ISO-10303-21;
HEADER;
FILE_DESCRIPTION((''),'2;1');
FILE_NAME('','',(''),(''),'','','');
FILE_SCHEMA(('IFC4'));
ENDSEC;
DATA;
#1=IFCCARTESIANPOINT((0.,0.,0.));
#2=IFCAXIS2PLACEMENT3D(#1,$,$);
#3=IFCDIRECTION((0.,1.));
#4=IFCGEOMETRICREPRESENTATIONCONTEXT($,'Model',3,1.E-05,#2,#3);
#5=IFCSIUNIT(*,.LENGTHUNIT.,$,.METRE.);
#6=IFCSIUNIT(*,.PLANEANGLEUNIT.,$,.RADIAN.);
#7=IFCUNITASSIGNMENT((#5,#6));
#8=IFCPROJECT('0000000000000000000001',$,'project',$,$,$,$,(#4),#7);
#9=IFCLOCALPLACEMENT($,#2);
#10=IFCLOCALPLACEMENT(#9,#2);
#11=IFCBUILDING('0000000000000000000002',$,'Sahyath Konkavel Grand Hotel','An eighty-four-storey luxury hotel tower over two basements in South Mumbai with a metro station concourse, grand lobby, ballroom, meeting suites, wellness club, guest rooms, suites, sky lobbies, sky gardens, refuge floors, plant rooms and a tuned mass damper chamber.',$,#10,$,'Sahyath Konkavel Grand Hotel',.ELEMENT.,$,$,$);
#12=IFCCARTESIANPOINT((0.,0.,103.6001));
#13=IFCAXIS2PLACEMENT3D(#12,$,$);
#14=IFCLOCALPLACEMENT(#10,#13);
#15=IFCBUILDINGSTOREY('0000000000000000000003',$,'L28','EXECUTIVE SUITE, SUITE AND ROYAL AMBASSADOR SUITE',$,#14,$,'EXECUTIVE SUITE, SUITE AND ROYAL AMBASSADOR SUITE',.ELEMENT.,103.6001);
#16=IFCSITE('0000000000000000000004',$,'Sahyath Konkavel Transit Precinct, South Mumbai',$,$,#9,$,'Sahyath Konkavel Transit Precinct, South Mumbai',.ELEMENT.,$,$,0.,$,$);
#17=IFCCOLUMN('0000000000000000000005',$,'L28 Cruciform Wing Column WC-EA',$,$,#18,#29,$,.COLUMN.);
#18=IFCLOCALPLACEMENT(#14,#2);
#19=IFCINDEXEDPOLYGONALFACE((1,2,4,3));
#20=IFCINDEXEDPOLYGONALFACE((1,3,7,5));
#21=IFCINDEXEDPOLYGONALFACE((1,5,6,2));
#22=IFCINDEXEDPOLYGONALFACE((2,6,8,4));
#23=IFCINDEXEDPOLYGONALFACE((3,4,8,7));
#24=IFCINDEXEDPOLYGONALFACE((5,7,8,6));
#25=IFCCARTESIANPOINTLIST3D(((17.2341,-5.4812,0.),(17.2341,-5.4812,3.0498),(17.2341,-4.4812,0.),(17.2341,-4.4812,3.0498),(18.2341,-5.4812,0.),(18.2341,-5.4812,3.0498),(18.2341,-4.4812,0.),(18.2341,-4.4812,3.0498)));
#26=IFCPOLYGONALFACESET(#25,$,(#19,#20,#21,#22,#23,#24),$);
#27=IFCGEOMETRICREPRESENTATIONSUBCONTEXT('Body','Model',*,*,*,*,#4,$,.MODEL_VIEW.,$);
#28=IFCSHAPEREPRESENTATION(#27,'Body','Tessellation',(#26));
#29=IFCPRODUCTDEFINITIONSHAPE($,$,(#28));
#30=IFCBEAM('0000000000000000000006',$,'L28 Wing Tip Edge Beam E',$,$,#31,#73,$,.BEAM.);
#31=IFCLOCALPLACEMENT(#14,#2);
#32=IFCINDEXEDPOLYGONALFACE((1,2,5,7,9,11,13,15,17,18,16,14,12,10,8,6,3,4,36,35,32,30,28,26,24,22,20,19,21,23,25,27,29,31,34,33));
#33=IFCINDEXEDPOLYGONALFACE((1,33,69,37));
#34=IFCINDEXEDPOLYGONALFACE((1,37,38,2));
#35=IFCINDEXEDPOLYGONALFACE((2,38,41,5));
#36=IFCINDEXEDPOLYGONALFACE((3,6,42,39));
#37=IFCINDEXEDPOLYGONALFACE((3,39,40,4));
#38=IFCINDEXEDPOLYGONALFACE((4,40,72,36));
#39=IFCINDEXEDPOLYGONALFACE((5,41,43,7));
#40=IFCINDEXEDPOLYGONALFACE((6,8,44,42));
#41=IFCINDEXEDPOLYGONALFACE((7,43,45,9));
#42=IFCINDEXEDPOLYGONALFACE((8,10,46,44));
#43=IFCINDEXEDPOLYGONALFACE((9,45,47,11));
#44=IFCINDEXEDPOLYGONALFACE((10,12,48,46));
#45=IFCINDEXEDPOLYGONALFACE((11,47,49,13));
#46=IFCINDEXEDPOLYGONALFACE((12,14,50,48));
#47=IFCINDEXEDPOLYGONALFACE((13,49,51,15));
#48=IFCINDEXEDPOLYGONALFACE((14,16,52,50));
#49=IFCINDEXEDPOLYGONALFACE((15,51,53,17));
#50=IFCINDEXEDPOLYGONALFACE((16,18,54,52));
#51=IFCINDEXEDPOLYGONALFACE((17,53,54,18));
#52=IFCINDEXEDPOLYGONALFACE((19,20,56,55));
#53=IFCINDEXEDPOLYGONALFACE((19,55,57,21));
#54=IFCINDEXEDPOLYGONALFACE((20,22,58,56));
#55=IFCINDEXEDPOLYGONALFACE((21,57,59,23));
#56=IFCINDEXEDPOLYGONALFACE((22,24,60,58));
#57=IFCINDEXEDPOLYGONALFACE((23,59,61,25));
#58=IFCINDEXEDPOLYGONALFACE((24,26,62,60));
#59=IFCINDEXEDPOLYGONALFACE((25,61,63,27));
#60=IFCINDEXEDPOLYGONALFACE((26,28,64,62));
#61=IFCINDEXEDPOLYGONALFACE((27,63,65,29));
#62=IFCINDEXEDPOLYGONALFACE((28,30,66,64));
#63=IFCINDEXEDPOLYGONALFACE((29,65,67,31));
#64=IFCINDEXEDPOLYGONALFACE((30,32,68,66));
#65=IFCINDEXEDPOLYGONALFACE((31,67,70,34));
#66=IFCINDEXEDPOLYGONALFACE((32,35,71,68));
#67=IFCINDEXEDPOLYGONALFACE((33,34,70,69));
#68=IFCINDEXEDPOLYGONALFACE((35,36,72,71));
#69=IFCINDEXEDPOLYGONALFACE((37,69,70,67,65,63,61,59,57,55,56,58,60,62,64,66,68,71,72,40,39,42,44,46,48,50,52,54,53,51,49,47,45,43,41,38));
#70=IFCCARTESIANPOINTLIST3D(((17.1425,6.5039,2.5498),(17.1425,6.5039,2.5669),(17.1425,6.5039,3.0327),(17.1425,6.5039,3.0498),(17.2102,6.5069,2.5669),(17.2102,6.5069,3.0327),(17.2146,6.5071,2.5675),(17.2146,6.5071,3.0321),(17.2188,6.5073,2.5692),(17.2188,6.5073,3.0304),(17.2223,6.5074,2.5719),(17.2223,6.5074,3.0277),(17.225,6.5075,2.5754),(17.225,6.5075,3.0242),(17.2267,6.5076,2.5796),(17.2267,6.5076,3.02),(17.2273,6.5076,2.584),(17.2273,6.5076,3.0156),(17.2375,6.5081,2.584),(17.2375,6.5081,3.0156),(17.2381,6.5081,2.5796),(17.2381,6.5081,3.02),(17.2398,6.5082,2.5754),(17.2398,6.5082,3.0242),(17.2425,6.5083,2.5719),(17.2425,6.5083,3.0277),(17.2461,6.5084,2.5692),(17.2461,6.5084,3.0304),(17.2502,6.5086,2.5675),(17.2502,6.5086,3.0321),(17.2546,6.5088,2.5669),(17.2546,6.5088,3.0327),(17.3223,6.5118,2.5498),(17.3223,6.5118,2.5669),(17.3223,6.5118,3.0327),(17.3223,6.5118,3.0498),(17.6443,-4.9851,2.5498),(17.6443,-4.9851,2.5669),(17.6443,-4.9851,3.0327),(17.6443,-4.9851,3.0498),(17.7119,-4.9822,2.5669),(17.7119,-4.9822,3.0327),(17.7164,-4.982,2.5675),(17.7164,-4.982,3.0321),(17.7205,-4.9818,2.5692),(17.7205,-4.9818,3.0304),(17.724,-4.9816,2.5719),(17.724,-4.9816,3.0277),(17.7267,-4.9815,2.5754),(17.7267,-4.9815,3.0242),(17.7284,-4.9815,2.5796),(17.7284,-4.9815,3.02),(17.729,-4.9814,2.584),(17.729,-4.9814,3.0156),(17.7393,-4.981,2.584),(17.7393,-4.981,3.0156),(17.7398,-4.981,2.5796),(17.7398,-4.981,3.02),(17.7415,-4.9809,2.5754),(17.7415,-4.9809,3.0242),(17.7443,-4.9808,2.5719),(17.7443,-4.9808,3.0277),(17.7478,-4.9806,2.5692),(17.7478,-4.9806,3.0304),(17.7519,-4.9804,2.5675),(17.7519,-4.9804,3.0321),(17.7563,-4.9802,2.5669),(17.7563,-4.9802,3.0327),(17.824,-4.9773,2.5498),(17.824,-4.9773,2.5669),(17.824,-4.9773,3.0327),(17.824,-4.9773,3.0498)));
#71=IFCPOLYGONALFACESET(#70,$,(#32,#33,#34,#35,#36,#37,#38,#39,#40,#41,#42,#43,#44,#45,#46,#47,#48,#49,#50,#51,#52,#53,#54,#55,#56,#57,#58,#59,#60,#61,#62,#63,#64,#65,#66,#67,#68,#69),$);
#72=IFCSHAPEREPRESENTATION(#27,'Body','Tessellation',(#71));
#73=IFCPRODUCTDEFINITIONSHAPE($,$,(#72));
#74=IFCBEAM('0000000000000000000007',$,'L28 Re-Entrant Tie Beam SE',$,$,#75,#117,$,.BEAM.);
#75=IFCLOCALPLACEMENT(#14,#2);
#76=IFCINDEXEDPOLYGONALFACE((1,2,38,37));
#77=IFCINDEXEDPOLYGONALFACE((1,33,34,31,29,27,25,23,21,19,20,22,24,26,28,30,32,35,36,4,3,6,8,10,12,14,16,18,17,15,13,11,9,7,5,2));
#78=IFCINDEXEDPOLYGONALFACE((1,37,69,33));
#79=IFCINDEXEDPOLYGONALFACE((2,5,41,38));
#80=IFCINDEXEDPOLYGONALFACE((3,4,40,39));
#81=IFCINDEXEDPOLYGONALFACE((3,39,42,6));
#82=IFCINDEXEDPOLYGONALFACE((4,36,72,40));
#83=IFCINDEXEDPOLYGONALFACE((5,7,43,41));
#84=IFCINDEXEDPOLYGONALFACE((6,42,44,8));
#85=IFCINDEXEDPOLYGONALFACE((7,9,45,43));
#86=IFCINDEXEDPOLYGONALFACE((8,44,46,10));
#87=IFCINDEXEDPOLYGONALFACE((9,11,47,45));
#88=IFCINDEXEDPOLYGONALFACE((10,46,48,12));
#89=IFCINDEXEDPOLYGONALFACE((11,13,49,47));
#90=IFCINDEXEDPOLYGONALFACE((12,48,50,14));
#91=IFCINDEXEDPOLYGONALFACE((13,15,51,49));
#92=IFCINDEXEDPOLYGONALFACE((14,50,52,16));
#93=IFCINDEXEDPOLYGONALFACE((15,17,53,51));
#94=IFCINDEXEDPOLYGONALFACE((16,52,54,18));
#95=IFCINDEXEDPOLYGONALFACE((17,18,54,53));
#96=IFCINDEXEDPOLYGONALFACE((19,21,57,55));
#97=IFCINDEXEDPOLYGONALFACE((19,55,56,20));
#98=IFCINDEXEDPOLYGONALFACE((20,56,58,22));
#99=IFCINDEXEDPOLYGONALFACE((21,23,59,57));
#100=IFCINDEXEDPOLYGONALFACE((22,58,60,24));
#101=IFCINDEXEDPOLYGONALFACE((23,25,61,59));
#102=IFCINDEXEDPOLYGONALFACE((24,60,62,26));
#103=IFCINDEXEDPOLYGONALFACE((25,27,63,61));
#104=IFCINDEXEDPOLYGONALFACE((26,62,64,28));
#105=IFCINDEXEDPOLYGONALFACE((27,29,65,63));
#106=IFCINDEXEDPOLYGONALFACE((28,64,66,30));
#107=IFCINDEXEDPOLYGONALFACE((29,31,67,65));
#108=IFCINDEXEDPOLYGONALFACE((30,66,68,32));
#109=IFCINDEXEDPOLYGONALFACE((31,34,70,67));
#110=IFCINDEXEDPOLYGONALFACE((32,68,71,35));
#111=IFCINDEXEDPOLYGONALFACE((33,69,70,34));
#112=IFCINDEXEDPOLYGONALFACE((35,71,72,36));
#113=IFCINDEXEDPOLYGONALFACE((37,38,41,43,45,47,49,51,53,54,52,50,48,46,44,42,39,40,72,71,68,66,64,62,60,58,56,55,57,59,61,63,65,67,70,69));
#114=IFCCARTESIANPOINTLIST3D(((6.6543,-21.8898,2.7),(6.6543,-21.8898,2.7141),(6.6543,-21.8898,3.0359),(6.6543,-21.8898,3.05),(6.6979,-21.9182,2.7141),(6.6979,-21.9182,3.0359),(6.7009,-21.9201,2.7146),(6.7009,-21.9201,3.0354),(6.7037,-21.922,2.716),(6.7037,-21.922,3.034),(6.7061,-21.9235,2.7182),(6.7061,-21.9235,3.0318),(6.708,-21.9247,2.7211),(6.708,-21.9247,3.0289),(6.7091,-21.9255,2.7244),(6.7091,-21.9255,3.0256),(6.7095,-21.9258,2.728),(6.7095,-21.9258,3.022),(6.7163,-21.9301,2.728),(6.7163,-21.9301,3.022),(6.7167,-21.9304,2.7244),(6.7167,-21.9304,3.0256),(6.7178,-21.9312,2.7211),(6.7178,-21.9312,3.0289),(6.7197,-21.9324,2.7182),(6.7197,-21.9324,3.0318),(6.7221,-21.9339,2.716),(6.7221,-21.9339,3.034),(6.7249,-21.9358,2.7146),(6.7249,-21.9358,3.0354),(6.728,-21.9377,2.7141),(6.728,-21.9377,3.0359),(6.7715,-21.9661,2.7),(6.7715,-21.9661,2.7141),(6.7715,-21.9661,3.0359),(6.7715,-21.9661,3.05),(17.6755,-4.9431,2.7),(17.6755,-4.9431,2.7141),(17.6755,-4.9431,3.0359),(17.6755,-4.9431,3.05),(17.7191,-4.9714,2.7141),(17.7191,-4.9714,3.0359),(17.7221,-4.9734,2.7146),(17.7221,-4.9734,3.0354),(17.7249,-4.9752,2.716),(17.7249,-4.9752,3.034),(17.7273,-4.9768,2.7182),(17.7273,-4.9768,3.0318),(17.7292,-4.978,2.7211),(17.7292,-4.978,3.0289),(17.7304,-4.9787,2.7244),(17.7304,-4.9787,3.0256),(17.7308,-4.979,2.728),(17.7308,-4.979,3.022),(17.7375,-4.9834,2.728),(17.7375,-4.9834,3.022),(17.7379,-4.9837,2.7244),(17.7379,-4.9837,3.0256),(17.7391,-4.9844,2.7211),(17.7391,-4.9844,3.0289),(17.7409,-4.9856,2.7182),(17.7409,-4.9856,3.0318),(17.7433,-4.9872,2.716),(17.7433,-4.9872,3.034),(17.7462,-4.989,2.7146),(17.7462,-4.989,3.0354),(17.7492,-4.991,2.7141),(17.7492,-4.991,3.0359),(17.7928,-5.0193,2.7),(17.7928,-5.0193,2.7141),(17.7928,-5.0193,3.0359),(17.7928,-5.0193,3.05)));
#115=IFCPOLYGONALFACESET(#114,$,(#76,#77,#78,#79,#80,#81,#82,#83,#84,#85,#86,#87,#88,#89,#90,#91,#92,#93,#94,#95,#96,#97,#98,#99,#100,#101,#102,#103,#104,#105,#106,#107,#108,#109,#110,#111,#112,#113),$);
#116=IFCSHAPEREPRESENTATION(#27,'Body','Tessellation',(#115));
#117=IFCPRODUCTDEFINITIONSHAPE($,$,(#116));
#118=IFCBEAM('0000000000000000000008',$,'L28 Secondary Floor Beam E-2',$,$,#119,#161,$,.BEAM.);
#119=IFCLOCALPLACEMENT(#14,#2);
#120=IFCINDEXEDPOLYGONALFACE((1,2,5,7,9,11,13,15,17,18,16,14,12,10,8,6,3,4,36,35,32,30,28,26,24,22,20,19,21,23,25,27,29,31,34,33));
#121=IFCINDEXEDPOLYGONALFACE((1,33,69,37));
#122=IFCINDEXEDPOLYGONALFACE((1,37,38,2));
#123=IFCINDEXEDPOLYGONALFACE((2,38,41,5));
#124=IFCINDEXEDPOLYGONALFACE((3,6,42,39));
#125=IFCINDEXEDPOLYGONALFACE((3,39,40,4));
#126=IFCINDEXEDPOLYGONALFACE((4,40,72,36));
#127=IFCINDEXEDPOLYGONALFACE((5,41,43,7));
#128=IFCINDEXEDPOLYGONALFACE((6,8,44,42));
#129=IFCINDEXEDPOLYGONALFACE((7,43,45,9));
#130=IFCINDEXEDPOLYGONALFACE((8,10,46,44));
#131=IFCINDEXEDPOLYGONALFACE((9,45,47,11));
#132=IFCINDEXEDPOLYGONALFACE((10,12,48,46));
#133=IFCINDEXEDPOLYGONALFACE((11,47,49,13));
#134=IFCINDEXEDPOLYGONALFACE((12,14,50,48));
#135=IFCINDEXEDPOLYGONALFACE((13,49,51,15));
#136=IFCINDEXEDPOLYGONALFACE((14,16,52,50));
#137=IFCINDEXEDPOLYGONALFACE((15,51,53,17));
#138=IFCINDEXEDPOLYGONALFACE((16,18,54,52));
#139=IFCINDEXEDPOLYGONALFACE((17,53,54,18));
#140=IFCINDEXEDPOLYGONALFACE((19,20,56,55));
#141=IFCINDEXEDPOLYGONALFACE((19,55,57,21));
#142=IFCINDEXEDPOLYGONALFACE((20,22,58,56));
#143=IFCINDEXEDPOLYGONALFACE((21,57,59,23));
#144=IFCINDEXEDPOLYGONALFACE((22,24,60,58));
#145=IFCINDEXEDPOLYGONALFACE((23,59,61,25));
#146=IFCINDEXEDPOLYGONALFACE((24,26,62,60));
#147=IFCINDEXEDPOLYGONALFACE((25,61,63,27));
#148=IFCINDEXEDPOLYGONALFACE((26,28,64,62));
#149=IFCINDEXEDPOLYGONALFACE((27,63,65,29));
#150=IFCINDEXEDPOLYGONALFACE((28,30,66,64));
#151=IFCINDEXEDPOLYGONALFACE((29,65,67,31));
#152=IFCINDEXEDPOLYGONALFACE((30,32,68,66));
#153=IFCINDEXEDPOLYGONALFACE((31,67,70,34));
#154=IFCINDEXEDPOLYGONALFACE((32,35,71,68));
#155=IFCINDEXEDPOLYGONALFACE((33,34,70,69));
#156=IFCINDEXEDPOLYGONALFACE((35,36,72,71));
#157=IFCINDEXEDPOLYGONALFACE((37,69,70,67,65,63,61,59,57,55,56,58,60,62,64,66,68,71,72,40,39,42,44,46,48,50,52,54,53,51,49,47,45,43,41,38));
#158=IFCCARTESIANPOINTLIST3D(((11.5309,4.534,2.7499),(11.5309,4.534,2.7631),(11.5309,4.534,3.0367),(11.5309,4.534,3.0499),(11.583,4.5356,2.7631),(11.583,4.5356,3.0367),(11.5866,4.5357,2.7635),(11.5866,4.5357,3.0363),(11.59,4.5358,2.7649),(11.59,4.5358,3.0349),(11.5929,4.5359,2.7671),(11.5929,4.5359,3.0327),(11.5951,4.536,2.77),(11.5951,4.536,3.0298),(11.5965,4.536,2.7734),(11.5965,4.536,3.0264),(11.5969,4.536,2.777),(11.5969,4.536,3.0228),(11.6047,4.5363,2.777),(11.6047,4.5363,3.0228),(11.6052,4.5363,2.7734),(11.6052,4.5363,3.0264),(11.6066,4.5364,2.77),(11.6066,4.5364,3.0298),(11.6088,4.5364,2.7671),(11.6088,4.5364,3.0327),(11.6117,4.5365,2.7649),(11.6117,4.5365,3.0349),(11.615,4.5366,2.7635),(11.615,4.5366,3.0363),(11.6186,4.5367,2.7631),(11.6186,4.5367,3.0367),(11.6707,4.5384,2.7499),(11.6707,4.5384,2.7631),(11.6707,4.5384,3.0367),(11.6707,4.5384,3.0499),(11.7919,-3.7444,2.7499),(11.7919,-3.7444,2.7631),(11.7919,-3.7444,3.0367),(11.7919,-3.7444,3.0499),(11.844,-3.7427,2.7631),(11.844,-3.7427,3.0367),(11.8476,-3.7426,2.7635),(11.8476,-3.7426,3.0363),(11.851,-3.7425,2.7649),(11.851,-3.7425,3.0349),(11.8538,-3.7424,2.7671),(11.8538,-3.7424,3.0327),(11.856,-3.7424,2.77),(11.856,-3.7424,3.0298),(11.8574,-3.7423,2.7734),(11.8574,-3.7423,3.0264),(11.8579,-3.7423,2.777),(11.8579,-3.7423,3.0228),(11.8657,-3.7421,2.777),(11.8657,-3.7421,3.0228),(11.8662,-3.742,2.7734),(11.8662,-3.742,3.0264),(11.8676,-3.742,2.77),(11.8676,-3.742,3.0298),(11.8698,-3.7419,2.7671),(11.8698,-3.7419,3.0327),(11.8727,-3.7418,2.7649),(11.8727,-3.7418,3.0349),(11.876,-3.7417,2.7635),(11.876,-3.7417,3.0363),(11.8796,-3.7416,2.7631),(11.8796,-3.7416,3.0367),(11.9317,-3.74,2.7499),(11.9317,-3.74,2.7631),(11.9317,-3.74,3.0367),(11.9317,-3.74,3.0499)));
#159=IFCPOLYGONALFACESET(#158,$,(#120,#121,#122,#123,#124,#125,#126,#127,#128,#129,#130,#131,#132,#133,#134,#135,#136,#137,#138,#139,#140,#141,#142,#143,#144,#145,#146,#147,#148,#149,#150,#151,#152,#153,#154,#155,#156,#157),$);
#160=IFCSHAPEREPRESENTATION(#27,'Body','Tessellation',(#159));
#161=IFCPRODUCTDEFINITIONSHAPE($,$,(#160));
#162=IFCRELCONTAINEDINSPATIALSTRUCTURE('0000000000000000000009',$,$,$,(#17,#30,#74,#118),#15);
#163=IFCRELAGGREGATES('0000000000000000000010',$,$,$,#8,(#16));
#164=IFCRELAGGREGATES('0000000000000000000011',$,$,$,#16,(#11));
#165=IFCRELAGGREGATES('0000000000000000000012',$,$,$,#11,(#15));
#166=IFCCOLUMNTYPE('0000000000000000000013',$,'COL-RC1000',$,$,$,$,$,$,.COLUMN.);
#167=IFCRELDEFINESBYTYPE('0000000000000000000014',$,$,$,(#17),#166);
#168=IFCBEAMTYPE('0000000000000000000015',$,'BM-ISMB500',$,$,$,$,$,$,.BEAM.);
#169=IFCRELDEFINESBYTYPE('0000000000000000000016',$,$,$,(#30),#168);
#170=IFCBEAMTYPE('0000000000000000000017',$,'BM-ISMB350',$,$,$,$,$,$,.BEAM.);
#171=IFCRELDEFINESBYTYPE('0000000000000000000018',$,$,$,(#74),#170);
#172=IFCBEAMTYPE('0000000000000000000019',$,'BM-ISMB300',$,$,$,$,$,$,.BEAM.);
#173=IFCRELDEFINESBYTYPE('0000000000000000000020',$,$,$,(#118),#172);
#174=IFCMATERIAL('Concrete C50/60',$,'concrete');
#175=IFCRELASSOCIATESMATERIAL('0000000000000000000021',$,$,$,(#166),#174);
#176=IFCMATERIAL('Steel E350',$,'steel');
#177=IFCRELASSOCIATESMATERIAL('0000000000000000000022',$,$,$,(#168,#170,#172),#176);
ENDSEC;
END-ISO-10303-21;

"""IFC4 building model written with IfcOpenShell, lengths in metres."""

from ifc_helpers import new_model, si_unit, direction, frame, origin, origin_2d, place, context, subcontext, project, spatial, rectangle, i_section, extrude, source, transform, mapped, material, material_profile, profile_set, type_object, element, save


model = new_model("IFC4")

# Units and contexts
model_context = context("Model", 3, precision=1e-05, world=origin(), true_north=direction((0.0, 1.0)))
body_context = subcontext(model_context, "Body", "Model", "MODEL_VIEW")
ifc_project = project(units=[si_unit("LENGTHUNIT", "METRE"), si_unit("PLANEANGLEUNIT", "RADIAN")], contexts=[model_context])

# Site, building, storey
site_placement = place(None, origin())
site = spatial("IfcSite", under=ifc_project, at=site_placement, Name="Sahyath Konkavel Transit Precinct, South Mumbai", LongName="Sahyath Konkavel Transit Precinct, South Mumbai", CompositionType="ELEMENT", RefElevation=0.0)
building_placement = place(site_placement, origin())
building = spatial("IfcBuilding", under=site, at=building_placement, Name="Sahyath Konkavel Grand Hotel", Description="An eighty-four-storey luxury hotel tower over two basements in South Mumbai with a metro station concourse, grand lobby, ballroom, meeting suites, wellness club, guest rooms, suites, sky lobbies, sky gardens, refuge floors, plant rooms and a tuned mass damper chamber.", LongName="Sahyath Konkavel Grand Hotel", CompositionType="ELEMENT")
storey_placement = place(building_placement, frame((0.0, 0.0, 103.6001)))
storey = spatial("IfcBuildingStorey", under=building, at=storey_placement, Name="L28", Description="EXECUTIVE SUITE, SUITE AND ROYAL AMBASSADOR SUITE", LongName="EXECUTIVE SUITE, SUITE AND ROYAL AMBASSADOR SUITE", CompositionType="ELEMENT", Elevation=103.6001)

# Column
ifc_material_1 = material(Name="Concrete C50/60", Category="concrete")
ifc_material_profile_1 = material_profile(ifc_material_1, rectangle(XDim=1.0, YDim=1.0, at=origin_2d()), Name="RC 1000x1000")
ifc_profile_set_1 = profile_set([ifc_material_profile_1], Name="Concrete C50/60")
column_type = type_object("IfcColumnType", Name="COL-RC1000", PredefinedType="COLUMN", material=ifc_profile_set_1)
shared_shape_1 = source(origin(), body_context, "Body", "SweptSolid", [
    extrude(rectangle(XDim=1.0, YDim=1.0, at=origin_2d()), origin(), (0.0, 0.0, 1.0), 3.0498),
])
column_placement = place(storey_placement, frame((17.7341, -4.9812, 0.0), z_axis=(0.0, 0.0, 1.0), x_axis=(1.0, 0.0, 0.0)))
element("IfcColumn", 1, at=column_placement, inside=storey, type_object=column_type, Name="L28 Cruciform Wing Column WC-EA", PredefinedType="COLUMN", context=body_context, shape_type="MappedRepresentation", body=[
    mapped(shared_shape_1, transform((0.0, 0.0, 0.0), scale=1.0)),
])

# Beams
ifc_material_2 = material(Name="Steel E350", Category="steel")
ifc_material_profile_2 = material_profile(ifc_material_2, i_section(OverallWidth=0.1799, OverallDepth=0.5, WebThickness=0.0103, FlangeThickness=0.0171, FilletRadius=0.0171, at=origin_2d()), Name="ISMB 500")
ifc_profile_set_2 = profile_set([ifc_material_profile_2], Name="Steel E350")
beam_type_1 = type_object("IfcBeamType", Name="BM-ISMB500", PredefinedType="BEAM", material=ifc_profile_set_2)
shared_shape_2 = source(origin(), body_context, "Body", "SweptSolid", [
    extrude(i_section(OverallWidth=0.1799, OverallDepth=0.5, WebThickness=0.0103, FlangeThickness=0.0171, FilletRadius=0.0171, at=origin_2d()), origin(), (0.0, 0.0, 1.0), 11.5),
])
beam_1_placement = place(storey_placement, frame((17.7341, -4.9812, 2.7998), z_axis=(-0.043627, 0.999048, 0.0), x_axis=(-0.999048, -0.043627, 0.0)))
element("IfcBeam", 2, at=beam_1_placement, inside=storey, type_object=beam_type_1, Name="L28 Wing Tip Edge Beam E", PredefinedType="BEAM", context=body_context, shape_type="MappedRepresentation", body=[
    mapped(shared_shape_2, transform((0.0, 0.0, 0.0), scale=1.0)),
])
ifc_material_profile_3 = material_profile(ifc_material_2, i_section(OverallWidth=0.1399, OverallDepth=0.3501, WebThickness=0.0081, FlangeThickness=0.0142, FilletRadius=0.0139, at=origin_2d()), Name="ISMB 350")
ifc_profile_set_3 = profile_set([ifc_material_profile_3], Name="Steel E350")
beam_type_2 = type_object("IfcBeamType", Name="BM-ISMB350", PredefinedType="BEAM", material=ifc_profile_set_3)
shared_shape_3 = source(origin(), body_context, "Body", "SweptSolid", [
    extrude(i_section(OverallWidth=0.1399, OverallDepth=0.3501, WebThickness=0.0081, FlangeThickness=0.0142, FilletRadius=0.0139, at=origin_2d()), origin(), (0.0, 0.0, 1.0), 20.2153),
])
beam_2_placement = place(storey_placement, frame((17.7341, -4.9812, 2.875), z_axis=(-0.545191, -0.838312, 0.0), x_axis=(0.838312, -0.545191, 0.0)))
element("IfcBeam", 3, at=beam_2_placement, inside=storey, type_object=beam_type_2, Name="L28 Re-Entrant Tie Beam SE", PredefinedType="BEAM", context=body_context, shape_type="MappedRepresentation", body=[
    mapped(shared_shape_3, transform((0.0, 0.0, 0.0), scale=1.0)),
])
ifc_material_profile_4 = material_profile(ifc_material_2, i_section(OverallWidth=0.1399, OverallDepth=0.3, WebThickness=0.0078, FlangeThickness=0.0132, FilletRadius=0.0139, at=origin_2d()), Name="ISMB 300")
ifc_profile_set_4 = profile_set([ifc_material_profile_4], Name="Steel E350")
beam_type_3 = type_object("IfcBeamType", Name="BM-ISMB300", PredefinedType="BEAM", material=ifc_profile_set_4)
shared_shape_4 = source(origin(), body_context, "Body", "SweptSolid", [
    extrude(i_section(OverallWidth=0.1399, OverallDepth=0.3, WebThickness=0.0078, FlangeThickness=0.0132, FilletRadius=0.0139, at=origin_2d()), origin(), (0.0, 0.0, 1.0), 8.2825),
])
beam_3_placement = place(storey_placement, frame((11.8618, -3.7422, 2.8999), z_axis=(-0.031511, 0.999503, 0.0), x_axis=(-0.999503, -0.031511, 0.0)))
element("IfcBeam", 4, at=beam_3_placement, inside=storey, type_object=beam_type_3, Name="L28 Secondary Floor Beam E-2", PredefinedType="BEAM", context=body_context, shape_type="MappedRepresentation", body=[
    mapped(shared_shape_4, transform((0.0, 0.0, 0.0), scale=1.0)),
])

save(model, "model.ifc")
